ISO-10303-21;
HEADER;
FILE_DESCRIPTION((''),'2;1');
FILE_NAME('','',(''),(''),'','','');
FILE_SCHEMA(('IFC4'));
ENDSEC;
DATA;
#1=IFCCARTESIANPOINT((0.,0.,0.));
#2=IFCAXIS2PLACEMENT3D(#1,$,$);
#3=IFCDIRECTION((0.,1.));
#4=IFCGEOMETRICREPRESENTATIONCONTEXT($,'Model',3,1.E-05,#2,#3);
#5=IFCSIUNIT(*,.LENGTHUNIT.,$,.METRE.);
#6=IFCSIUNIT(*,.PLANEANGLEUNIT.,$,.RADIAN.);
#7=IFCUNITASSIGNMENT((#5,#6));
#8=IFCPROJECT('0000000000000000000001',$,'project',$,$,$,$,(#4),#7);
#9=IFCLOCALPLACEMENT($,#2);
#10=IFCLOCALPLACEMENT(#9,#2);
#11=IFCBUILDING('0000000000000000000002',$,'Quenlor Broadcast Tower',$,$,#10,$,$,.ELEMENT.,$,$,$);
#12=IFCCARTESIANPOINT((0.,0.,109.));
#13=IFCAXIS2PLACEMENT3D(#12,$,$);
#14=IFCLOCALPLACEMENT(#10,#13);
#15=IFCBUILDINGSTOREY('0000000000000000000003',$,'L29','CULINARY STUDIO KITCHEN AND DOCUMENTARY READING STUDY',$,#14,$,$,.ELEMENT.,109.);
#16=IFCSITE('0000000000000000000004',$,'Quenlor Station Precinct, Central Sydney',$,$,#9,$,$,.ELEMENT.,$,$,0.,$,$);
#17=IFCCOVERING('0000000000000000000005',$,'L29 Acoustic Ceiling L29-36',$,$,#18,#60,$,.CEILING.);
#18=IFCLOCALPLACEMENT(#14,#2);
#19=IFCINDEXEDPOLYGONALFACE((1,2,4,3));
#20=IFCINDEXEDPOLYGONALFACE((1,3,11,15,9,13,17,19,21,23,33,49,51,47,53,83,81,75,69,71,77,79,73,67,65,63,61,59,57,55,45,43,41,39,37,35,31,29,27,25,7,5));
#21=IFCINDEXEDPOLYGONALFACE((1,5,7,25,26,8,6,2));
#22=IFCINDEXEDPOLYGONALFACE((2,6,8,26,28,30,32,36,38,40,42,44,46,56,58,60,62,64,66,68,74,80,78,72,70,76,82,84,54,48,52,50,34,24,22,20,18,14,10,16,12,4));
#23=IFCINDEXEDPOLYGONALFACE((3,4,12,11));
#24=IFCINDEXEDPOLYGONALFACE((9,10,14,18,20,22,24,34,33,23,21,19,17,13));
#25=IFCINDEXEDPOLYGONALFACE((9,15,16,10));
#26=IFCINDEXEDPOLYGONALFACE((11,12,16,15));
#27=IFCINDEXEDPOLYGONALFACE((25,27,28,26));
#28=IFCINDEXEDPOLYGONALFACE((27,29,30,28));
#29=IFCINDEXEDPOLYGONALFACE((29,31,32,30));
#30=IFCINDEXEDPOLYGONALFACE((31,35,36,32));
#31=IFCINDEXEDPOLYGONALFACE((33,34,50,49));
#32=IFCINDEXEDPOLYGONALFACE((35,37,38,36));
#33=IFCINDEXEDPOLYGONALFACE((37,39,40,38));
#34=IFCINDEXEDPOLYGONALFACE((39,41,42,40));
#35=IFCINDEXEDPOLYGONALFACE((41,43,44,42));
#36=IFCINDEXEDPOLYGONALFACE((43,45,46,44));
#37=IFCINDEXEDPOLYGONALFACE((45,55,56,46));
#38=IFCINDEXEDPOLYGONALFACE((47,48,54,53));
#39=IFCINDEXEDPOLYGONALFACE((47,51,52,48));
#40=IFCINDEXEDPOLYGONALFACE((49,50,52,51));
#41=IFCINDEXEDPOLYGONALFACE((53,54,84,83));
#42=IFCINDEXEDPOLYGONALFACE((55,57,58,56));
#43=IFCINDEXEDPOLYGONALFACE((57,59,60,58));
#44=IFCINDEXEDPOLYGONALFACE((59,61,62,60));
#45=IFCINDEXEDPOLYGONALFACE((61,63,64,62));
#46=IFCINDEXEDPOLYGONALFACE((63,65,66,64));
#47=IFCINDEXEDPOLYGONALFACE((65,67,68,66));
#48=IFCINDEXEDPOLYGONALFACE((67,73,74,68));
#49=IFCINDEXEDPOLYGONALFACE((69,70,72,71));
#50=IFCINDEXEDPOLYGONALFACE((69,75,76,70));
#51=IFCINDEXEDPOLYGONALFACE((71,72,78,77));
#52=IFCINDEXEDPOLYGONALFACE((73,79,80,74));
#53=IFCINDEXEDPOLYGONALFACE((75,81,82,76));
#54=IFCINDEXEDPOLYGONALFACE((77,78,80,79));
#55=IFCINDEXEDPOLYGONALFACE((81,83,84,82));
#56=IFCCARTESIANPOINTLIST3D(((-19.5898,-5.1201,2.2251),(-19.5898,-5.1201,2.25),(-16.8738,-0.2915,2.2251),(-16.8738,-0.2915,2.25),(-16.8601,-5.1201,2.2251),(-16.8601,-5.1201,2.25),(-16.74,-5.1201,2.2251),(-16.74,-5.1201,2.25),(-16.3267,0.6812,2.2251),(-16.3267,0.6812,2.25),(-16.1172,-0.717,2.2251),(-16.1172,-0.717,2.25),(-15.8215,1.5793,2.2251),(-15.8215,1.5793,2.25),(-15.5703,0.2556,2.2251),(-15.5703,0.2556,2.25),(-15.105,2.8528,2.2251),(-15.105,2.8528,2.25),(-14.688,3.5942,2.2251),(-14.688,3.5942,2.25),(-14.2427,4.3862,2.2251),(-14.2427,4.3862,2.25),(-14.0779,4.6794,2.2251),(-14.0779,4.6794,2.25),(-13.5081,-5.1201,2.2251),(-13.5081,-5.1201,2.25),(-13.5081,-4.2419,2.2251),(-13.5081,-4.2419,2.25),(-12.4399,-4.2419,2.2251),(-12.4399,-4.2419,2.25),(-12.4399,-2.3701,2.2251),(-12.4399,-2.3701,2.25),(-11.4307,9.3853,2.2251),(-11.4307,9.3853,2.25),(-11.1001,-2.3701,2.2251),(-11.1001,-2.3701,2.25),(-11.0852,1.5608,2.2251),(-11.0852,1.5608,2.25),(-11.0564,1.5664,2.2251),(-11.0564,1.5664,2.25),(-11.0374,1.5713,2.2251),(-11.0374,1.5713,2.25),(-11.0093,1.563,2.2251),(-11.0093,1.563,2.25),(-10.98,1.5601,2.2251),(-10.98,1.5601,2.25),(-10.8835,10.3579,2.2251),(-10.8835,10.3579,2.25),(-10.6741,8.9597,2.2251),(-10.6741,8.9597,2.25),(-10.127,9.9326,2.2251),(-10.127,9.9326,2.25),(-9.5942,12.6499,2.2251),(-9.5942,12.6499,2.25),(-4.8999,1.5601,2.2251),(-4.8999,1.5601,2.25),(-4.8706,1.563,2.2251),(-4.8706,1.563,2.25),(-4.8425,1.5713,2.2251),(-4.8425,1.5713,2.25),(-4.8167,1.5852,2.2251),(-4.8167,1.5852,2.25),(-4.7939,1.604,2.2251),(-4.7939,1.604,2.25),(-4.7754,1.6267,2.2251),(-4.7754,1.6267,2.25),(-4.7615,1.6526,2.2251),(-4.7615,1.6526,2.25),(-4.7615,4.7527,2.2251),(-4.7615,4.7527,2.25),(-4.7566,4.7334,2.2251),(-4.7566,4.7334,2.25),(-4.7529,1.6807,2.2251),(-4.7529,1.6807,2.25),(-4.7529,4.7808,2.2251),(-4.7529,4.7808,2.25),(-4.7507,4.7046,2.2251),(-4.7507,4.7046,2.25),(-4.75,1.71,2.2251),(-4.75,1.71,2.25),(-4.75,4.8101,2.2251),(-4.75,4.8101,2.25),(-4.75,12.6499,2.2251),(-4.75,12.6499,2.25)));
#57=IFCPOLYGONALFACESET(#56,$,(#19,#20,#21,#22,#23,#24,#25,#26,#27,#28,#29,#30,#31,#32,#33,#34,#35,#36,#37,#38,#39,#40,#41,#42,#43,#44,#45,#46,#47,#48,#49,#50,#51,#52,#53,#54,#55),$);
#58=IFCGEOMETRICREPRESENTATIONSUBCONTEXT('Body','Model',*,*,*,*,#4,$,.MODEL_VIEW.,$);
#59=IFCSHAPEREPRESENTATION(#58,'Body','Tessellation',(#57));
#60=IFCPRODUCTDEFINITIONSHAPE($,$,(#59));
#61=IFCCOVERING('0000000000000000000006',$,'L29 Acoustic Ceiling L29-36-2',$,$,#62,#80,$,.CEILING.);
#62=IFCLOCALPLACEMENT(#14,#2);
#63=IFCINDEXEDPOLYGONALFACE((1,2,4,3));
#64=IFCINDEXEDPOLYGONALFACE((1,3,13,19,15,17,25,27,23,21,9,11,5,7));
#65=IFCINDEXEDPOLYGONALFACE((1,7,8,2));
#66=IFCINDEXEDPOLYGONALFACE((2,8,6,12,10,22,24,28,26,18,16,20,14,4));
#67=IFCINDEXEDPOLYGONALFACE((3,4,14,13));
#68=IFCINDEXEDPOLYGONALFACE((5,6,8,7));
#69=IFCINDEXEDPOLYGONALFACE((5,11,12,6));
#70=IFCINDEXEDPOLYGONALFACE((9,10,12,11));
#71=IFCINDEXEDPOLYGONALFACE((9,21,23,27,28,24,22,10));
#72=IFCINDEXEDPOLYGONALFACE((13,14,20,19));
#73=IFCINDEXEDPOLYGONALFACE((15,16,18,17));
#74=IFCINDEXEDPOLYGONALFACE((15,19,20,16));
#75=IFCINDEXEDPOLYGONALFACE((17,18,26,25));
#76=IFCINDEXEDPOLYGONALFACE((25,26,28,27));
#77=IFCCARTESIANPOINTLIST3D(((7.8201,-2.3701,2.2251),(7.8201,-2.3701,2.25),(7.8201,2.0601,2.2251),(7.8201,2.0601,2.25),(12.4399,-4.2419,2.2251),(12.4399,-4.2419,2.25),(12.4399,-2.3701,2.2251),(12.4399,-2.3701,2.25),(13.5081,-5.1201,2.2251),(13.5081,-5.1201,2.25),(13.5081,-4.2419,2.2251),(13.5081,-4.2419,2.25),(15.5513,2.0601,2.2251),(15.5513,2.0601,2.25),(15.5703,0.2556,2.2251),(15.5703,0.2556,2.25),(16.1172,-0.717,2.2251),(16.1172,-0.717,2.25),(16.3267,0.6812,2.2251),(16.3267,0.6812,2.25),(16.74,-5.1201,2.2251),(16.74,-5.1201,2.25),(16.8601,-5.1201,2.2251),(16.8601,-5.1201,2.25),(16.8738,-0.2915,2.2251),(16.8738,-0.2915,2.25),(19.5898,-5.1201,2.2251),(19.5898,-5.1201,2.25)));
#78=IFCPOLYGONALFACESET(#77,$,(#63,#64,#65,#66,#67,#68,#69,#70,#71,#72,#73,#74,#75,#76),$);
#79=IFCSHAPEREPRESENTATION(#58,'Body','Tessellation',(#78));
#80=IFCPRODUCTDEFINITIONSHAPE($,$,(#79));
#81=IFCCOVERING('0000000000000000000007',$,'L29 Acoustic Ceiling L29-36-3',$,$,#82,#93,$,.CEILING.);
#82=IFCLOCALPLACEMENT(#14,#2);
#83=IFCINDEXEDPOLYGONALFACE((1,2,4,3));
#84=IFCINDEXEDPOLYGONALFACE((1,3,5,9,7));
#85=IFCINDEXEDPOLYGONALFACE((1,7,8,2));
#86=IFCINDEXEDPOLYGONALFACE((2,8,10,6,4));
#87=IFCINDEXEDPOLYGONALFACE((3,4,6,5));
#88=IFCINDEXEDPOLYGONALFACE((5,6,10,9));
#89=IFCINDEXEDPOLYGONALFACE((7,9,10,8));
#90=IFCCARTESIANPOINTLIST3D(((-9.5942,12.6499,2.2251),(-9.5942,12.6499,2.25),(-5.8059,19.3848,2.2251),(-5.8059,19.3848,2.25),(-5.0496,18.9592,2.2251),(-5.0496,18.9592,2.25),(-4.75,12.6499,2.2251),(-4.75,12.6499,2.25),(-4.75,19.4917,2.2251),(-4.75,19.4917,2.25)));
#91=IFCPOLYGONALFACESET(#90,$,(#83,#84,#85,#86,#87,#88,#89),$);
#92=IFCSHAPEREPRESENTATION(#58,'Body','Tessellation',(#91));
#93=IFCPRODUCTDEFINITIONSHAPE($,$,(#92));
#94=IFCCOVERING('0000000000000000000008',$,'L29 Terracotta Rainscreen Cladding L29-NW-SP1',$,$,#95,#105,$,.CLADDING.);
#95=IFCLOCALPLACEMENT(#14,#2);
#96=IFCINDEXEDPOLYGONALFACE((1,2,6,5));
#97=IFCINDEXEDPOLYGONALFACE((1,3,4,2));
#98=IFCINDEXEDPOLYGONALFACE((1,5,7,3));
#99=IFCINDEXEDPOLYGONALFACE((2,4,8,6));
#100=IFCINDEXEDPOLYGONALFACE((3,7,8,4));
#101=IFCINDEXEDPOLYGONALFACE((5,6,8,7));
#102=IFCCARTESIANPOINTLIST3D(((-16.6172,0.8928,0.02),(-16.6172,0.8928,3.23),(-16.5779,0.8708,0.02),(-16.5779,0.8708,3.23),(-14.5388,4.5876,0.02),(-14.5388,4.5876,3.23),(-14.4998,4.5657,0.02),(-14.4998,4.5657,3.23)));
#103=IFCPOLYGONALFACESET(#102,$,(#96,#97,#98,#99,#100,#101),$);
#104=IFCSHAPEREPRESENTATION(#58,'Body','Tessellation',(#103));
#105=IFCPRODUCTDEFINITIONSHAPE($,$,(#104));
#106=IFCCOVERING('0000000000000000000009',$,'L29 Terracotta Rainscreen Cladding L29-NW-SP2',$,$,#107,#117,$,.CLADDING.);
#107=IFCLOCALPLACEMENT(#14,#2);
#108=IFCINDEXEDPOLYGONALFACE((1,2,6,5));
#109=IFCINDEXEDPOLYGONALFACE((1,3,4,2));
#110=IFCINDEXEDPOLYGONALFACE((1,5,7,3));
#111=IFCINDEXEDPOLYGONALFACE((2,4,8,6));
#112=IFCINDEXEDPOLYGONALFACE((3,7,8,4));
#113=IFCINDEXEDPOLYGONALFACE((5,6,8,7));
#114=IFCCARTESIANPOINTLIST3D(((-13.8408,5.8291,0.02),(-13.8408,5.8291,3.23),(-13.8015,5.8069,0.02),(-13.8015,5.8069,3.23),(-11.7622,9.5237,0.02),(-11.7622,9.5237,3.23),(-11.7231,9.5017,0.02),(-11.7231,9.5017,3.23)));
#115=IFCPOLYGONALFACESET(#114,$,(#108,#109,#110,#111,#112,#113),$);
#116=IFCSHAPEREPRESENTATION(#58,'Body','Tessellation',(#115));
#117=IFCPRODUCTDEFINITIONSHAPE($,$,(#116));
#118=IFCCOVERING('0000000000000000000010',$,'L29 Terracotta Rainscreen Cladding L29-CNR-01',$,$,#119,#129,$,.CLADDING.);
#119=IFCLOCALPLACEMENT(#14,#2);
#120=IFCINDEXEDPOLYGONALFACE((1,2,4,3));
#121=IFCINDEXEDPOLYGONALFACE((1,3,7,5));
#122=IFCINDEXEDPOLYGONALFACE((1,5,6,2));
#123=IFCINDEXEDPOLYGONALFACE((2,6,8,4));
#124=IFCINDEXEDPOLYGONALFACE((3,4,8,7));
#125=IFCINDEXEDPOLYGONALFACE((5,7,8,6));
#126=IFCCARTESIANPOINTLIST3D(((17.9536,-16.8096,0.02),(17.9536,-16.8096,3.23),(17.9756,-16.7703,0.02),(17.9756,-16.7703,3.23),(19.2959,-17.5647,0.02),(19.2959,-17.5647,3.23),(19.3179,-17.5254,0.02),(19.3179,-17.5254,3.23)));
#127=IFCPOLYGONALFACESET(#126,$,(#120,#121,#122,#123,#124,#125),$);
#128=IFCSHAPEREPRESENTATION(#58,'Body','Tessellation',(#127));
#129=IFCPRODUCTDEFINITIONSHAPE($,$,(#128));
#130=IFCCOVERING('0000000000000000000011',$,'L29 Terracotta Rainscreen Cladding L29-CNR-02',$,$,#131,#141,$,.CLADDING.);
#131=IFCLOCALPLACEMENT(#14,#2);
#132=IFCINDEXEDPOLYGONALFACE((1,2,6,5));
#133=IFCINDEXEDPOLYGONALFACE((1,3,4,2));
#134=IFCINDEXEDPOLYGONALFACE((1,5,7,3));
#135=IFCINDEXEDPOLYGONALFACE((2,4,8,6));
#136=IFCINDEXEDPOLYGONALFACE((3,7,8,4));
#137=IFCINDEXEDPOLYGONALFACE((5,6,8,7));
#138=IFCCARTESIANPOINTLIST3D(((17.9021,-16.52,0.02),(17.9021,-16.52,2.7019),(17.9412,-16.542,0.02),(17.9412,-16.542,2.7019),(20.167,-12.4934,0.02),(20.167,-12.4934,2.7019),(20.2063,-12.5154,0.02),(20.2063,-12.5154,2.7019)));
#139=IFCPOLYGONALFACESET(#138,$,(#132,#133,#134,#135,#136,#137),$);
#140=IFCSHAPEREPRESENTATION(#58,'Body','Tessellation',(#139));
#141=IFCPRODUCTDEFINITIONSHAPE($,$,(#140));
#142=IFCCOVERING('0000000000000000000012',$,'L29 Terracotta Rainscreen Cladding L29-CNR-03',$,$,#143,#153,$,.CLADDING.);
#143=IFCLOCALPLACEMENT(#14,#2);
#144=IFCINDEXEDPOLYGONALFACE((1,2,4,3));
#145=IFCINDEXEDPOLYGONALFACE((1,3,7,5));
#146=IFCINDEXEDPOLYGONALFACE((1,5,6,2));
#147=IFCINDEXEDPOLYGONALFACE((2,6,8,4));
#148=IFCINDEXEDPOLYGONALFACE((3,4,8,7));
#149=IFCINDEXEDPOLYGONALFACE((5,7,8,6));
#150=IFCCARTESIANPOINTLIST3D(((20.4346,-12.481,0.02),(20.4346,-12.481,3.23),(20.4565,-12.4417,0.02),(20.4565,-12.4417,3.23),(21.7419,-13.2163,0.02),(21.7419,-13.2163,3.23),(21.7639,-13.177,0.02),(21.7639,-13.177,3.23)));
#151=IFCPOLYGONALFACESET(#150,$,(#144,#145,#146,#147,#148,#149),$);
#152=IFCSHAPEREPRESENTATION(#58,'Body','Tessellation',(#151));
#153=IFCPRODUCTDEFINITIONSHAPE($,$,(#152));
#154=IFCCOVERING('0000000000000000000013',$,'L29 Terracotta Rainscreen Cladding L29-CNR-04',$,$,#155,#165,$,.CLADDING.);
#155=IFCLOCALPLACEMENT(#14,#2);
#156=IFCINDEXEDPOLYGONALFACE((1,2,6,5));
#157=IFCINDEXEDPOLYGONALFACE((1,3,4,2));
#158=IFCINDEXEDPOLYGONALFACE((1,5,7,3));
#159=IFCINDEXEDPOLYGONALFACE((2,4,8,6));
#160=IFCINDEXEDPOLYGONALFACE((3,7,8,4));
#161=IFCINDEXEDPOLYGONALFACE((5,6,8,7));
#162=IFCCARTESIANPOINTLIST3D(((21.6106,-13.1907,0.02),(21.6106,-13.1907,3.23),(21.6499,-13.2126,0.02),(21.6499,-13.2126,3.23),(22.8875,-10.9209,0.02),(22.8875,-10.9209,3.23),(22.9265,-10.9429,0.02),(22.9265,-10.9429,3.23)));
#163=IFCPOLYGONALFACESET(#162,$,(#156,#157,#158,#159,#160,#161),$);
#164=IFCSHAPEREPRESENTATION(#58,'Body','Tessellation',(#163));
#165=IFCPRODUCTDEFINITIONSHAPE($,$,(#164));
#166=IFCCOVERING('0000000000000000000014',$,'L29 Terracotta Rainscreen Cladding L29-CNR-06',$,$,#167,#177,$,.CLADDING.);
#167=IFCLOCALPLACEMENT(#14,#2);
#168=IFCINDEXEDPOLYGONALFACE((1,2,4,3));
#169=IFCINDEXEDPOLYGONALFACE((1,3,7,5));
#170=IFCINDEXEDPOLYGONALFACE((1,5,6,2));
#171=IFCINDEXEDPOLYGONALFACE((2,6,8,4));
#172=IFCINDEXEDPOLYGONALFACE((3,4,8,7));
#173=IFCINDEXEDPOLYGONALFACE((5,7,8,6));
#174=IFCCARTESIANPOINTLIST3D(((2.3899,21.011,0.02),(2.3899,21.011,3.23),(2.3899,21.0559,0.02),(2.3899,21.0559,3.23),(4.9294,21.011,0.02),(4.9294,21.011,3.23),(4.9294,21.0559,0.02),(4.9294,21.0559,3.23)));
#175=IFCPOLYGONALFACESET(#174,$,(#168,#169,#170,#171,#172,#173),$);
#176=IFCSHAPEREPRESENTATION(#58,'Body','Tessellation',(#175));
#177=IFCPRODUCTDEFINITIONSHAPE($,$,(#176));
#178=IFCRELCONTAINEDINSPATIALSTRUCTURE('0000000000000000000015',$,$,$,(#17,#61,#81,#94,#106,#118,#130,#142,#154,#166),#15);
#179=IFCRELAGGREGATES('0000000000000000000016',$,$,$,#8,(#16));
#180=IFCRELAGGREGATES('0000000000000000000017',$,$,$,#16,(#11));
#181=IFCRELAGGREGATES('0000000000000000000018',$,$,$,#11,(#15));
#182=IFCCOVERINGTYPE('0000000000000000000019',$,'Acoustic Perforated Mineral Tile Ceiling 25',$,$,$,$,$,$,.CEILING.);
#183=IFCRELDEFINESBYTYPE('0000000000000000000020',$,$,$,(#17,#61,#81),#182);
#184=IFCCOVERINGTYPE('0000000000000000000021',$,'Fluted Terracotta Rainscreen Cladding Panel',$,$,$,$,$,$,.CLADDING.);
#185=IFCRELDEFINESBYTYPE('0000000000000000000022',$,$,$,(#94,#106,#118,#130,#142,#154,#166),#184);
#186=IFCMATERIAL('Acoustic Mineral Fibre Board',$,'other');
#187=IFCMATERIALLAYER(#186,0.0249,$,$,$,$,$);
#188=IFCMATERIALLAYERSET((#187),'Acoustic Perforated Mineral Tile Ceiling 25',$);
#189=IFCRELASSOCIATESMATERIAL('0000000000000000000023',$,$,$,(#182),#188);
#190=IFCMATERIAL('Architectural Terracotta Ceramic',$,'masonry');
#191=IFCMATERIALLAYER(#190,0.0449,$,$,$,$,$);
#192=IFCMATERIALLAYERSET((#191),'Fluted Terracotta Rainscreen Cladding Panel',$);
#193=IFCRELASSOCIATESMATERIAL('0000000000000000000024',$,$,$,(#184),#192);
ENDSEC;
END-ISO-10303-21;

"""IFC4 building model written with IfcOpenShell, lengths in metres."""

from ifc_helpers import new_model, si_unit, direction, frame, origin, place, context, subcontext, project, spatial, polyline, outline, extrude, material, layer, layer_set, type_object, element, save


model = new_model("IFC4")

# Units and contexts
model_context = context("Model", 3, precision=1e-05, world=origin(), true_north=direction((0.0, 1.0)))
body_context = subcontext(model_context, "Body", "Model", "MODEL_VIEW")
ifc_project = project(units=[si_unit("LENGTHUNIT", "METRE"), si_unit("PLANEANGLEUNIT", "RADIAN")], contexts=[model_context])

# Site, building, storey
site_placement = place(None, origin())
site = spatial("IfcSite", under=ifc_project, at=site_placement, Name="Quenlor Station Precinct, Central Sydney", CompositionType="ELEMENT", RefElevation=0.0)
building_placement = place(site_placement, origin())
building = spatial("IfcBuilding", under=site, at=building_placement, Name="Quenlor Broadcast Tower", CompositionType="ELEMENT")
storey_placement = place(building_placement, frame((0.0, 0.0, 109.0)))
storey = spatial("IfcBuildingStorey", under=building, at=storey_placement, Name="L29", Description="CULINARY STUDIO KITCHEN AND DOCUMENTARY READING STUDY", CompositionType="ELEMENT", Elevation=109.0)

# Coverings
ifc_material_1 = material(Name="Acoustic Mineral Fibre Board", Category="other")
ifc_layer_1 = layer(ifc_material_1, 0.0249)
ifc_layer_set_1 = layer_set([ifc_layer_1], Name="Acoustic Perforated Mineral Tile Ceiling 25")
covering_type_1 = type_object("IfcCoveringType", Name="Acoustic Perforated Mineral Tile Ceiling 25", PredefinedType="CEILING", material=ifc_layer_set_1)
covering_1_placement = place(storey_placement, frame((0.0, 0.0, 2.2251)))
element("IfcCovering", 1, at=covering_1_placement, inside=storey, type_object=covering_type_1, Name="L29 Acoustic Ceiling L29-36", PredefinedType="CEILING", context=body_context, shape_type="SweptSolid", body=[
    extrude(outline(polyline([(-10.127, 9.9326), (-10.8835, 10.3579), (-9.5942, 12.6499), (-4.75, 12.6499), (-4.75, 4.8101), (-4.7529, 4.7808), (-4.7615, 4.7527), (-4.7566, 4.7334), (-4.7507, 4.7046), (-4.75, 1.71), (-4.7529, 1.6807), (-4.7615, 1.6526), (-4.7754, 1.6267), (-4.7939, 1.604), (-4.8167, 1.5852), (-4.8425, 1.5713), (-4.8706, 1.563), (-4.8999, 1.5601), (-10.98, 1.5601), (-11.0093, 1.563), (-11.0374, 1.5713), (-11.0564, 1.5664), (-11.0852, 1.5608), (-11.1001, -2.3701), (-12.4399, -2.3701), (-12.4399, -4.2419), (-13.5081, -4.2419), (-13.5081, -5.1201), (-16.74, -5.1201), (-16.8601, -5.1201), (-19.5898, -5.1201), (-16.8738, -0.2915), (-16.1172, -0.717), (-15.5703, 0.2556), (-16.3267, 0.6812), (-15.8215, 1.5793), (-15.105, 2.8528), (-14.688, 3.5942), (-14.2427, 4.3862), (-14.0779, 4.6794), (-11.4307, 9.3853), (-10.6741, 8.9597), (-10.127, 9.9326)])), origin(), (0.0, 0.0, 1.0), 0.0249),
])
covering_2_placement = place(storey_placement, frame((0.0, 0.0, 2.2251)))
element("IfcCovering", 2, at=covering_2_placement, inside=storey, type_object=covering_type_1, Name="L29 Acoustic Ceiling L29-36-2", PredefinedType="CEILING", context=body_context, shape_type="SweptSolid", body=[
    extrude(outline(polyline([(13.5081, -4.2419), (12.4399, -4.2419), (12.4399, -2.3701), (7.8201, -2.3701), (7.8201, 2.0601), (15.5513, 2.0601), (16.3267, 0.6812), (15.5703, 0.2556), (16.1172, -0.717), (16.8738, -0.2915), (19.5898, -5.1201), (16.8601, -5.1201), (16.74, -5.1201), (13.5081, -5.1201), (13.5081, -4.2419)])), origin(), (0.0, 0.0, 1.0), 0.0249),
])
covering_3_placement = place(storey_placement, frame((0.0, 0.0, 2.2251)))
element("IfcCovering", 3, at=covering_3_placement, inside=storey, type_object=covering_type_1, Name="L29 Acoustic Ceiling L29-36-3", PredefinedType="CEILING", context=body_context, shape_type="SweptSolid", body=[
    extrude(outline(polyline([(-5.8059, 19.3848), (-5.0496, 18.9592), (-4.75, 19.4917), (-4.75, 12.6499), (-9.5942, 12.6499), (-5.8059, 19.3848)])), origin(), (0.0, 0.0, 1.0), 0.0249),
])
ifc_material_2 = material(Name="Architectural Terracotta Ceramic", Category="masonry")
ifc_layer_2 = layer(ifc_material_2, 0.0449)
ifc_layer_set_2 = layer_set([ifc_layer_2], Name="Fluted Terracotta Rainscreen Cladding Panel")
covering_type_2 = type_object("IfcCoveringType", Name="Fluted Terracotta Rainscreen Cladding Panel", PredefinedType="CLADDING", material=ifc_layer_set_2)
covering_4_placement = place(storey_placement, frame((0.0, 0.0, 0.02)))
element("IfcCovering", 4, at=covering_4_placement, inside=storey, type_object=covering_type_2, Name="L29 Terracotta Rainscreen Cladding L29-NW-SP1", PredefinedType="CLADDING", context=body_context, shape_type="SweptSolid", body=[
    extrude(outline(polyline([(-16.5779, 0.8708), (-14.4998, 4.5657), (-14.5388, 4.5876), (-16.6172, 0.8928), (-16.5779, 0.8708)])), origin(), (0.0, 0.0, 1.0), 3.21),
])
covering_5_placement = place(storey_placement, frame((0.0, 0.0, 0.02)))
element("IfcCovering", 5, at=covering_5_placement, inside=storey, type_object=covering_type_2, Name="L29 Terracotta Rainscreen Cladding L29-NW-SP2", PredefinedType="CLADDING", context=body_context, shape_type="SweptSolid", body=[
    extrude(outline(polyline([(-13.8015, 5.8069), (-11.7231, 9.5017), (-11.7622, 9.5237), (-13.8408, 5.8291), (-13.8015, 5.8069)])), origin(), (0.0, 0.0, 1.0), 3.21),
])
covering_6_placement = place(storey_placement, frame((0.0, 0.0, 0.02)))
element("IfcCovering", 6, at=covering_6_placement, inside=storey, type_object=covering_type_2, Name="L29 Terracotta Rainscreen Cladding L29-CNR-01", PredefinedType="CLADDING", context=body_context, shape_type="SweptSolid", body=[
    extrude(outline(polyline([(19.3179, -17.5254), (17.9756, -16.7703), (17.9536, -16.8096), (19.2959, -17.5647), (19.3179, -17.5254)])), origin(), (0.0, 0.0, 1.0), 3.21),
])
covering_7_placement = place(storey_placement, frame((0.0, 0.0, 0.02)))
element("IfcCovering", 7, at=covering_7_placement, inside=storey, type_object=covering_type_2, Name="L29 Terracotta Rainscreen Cladding L29-CNR-02", PredefinedType="CLADDING", context=body_context, shape_type="SweptSolid", body=[
    extrude(outline(polyline([(17.9412, -16.542), (20.2063, -12.5154), (20.167, -12.4934), (17.9021, -16.52), (17.9412, -16.542)])), origin(), (0.0, 0.0, 1.0), 2.6819),
])
covering_8_placement = place(storey_placement, frame((0.0, 0.0, 0.02)))
element("IfcCovering", 8, at=covering_8_placement, inside=storey, type_object=covering_type_2, Name="L29 Terracotta Rainscreen Cladding L29-CNR-03", PredefinedType="CLADDING", context=body_context, shape_type="SweptSolid", body=[
    extrude(outline(polyline([(20.4346, -12.481), (21.7419, -13.2163), (21.7639, -13.177), (20.4565, -12.4417), (20.4346, -12.481)])), origin(), (0.0, 0.0, 1.0), 3.21),
])
covering_9_placement = place(storey_placement, frame((0.0, 0.0, 0.02)))
element("IfcCovering", 9, at=covering_9_placement, inside=storey, type_object=covering_type_2, Name="L29 Terracotta Rainscreen Cladding L29-CNR-04", PredefinedType="CLADDING", context=body_context, shape_type="SweptSolid", body=[
    extrude(outline(polyline([(21.6499, -13.2126), (22.9265, -10.9429), (22.8875, -10.9209), (21.6106, -13.1907), (21.6499, -13.2126)])), origin(), (0.0, 0.0, 1.0), 3.21),
])
covering_10_placement = place(storey_placement, frame((0.0, 0.0, 0.02)))
element("IfcCovering", 10, at=covering_10_placement, inside=storey, type_object=covering_type_2, Name="L29 Terracotta Rainscreen Cladding L29-CNR-06", PredefinedType="CLADDING", context=body_context, shape_type="SweptSolid", body=[
    extrude(outline(polyline([(4.9294, 21.0559), (2.3899, 21.0559), (2.3899, 21.011), (4.9294, 21.011), (4.9294, 21.0559)])), origin(), (0.0, 0.0, 1.0), 3.21),
])

save(model, "model.ifc")
